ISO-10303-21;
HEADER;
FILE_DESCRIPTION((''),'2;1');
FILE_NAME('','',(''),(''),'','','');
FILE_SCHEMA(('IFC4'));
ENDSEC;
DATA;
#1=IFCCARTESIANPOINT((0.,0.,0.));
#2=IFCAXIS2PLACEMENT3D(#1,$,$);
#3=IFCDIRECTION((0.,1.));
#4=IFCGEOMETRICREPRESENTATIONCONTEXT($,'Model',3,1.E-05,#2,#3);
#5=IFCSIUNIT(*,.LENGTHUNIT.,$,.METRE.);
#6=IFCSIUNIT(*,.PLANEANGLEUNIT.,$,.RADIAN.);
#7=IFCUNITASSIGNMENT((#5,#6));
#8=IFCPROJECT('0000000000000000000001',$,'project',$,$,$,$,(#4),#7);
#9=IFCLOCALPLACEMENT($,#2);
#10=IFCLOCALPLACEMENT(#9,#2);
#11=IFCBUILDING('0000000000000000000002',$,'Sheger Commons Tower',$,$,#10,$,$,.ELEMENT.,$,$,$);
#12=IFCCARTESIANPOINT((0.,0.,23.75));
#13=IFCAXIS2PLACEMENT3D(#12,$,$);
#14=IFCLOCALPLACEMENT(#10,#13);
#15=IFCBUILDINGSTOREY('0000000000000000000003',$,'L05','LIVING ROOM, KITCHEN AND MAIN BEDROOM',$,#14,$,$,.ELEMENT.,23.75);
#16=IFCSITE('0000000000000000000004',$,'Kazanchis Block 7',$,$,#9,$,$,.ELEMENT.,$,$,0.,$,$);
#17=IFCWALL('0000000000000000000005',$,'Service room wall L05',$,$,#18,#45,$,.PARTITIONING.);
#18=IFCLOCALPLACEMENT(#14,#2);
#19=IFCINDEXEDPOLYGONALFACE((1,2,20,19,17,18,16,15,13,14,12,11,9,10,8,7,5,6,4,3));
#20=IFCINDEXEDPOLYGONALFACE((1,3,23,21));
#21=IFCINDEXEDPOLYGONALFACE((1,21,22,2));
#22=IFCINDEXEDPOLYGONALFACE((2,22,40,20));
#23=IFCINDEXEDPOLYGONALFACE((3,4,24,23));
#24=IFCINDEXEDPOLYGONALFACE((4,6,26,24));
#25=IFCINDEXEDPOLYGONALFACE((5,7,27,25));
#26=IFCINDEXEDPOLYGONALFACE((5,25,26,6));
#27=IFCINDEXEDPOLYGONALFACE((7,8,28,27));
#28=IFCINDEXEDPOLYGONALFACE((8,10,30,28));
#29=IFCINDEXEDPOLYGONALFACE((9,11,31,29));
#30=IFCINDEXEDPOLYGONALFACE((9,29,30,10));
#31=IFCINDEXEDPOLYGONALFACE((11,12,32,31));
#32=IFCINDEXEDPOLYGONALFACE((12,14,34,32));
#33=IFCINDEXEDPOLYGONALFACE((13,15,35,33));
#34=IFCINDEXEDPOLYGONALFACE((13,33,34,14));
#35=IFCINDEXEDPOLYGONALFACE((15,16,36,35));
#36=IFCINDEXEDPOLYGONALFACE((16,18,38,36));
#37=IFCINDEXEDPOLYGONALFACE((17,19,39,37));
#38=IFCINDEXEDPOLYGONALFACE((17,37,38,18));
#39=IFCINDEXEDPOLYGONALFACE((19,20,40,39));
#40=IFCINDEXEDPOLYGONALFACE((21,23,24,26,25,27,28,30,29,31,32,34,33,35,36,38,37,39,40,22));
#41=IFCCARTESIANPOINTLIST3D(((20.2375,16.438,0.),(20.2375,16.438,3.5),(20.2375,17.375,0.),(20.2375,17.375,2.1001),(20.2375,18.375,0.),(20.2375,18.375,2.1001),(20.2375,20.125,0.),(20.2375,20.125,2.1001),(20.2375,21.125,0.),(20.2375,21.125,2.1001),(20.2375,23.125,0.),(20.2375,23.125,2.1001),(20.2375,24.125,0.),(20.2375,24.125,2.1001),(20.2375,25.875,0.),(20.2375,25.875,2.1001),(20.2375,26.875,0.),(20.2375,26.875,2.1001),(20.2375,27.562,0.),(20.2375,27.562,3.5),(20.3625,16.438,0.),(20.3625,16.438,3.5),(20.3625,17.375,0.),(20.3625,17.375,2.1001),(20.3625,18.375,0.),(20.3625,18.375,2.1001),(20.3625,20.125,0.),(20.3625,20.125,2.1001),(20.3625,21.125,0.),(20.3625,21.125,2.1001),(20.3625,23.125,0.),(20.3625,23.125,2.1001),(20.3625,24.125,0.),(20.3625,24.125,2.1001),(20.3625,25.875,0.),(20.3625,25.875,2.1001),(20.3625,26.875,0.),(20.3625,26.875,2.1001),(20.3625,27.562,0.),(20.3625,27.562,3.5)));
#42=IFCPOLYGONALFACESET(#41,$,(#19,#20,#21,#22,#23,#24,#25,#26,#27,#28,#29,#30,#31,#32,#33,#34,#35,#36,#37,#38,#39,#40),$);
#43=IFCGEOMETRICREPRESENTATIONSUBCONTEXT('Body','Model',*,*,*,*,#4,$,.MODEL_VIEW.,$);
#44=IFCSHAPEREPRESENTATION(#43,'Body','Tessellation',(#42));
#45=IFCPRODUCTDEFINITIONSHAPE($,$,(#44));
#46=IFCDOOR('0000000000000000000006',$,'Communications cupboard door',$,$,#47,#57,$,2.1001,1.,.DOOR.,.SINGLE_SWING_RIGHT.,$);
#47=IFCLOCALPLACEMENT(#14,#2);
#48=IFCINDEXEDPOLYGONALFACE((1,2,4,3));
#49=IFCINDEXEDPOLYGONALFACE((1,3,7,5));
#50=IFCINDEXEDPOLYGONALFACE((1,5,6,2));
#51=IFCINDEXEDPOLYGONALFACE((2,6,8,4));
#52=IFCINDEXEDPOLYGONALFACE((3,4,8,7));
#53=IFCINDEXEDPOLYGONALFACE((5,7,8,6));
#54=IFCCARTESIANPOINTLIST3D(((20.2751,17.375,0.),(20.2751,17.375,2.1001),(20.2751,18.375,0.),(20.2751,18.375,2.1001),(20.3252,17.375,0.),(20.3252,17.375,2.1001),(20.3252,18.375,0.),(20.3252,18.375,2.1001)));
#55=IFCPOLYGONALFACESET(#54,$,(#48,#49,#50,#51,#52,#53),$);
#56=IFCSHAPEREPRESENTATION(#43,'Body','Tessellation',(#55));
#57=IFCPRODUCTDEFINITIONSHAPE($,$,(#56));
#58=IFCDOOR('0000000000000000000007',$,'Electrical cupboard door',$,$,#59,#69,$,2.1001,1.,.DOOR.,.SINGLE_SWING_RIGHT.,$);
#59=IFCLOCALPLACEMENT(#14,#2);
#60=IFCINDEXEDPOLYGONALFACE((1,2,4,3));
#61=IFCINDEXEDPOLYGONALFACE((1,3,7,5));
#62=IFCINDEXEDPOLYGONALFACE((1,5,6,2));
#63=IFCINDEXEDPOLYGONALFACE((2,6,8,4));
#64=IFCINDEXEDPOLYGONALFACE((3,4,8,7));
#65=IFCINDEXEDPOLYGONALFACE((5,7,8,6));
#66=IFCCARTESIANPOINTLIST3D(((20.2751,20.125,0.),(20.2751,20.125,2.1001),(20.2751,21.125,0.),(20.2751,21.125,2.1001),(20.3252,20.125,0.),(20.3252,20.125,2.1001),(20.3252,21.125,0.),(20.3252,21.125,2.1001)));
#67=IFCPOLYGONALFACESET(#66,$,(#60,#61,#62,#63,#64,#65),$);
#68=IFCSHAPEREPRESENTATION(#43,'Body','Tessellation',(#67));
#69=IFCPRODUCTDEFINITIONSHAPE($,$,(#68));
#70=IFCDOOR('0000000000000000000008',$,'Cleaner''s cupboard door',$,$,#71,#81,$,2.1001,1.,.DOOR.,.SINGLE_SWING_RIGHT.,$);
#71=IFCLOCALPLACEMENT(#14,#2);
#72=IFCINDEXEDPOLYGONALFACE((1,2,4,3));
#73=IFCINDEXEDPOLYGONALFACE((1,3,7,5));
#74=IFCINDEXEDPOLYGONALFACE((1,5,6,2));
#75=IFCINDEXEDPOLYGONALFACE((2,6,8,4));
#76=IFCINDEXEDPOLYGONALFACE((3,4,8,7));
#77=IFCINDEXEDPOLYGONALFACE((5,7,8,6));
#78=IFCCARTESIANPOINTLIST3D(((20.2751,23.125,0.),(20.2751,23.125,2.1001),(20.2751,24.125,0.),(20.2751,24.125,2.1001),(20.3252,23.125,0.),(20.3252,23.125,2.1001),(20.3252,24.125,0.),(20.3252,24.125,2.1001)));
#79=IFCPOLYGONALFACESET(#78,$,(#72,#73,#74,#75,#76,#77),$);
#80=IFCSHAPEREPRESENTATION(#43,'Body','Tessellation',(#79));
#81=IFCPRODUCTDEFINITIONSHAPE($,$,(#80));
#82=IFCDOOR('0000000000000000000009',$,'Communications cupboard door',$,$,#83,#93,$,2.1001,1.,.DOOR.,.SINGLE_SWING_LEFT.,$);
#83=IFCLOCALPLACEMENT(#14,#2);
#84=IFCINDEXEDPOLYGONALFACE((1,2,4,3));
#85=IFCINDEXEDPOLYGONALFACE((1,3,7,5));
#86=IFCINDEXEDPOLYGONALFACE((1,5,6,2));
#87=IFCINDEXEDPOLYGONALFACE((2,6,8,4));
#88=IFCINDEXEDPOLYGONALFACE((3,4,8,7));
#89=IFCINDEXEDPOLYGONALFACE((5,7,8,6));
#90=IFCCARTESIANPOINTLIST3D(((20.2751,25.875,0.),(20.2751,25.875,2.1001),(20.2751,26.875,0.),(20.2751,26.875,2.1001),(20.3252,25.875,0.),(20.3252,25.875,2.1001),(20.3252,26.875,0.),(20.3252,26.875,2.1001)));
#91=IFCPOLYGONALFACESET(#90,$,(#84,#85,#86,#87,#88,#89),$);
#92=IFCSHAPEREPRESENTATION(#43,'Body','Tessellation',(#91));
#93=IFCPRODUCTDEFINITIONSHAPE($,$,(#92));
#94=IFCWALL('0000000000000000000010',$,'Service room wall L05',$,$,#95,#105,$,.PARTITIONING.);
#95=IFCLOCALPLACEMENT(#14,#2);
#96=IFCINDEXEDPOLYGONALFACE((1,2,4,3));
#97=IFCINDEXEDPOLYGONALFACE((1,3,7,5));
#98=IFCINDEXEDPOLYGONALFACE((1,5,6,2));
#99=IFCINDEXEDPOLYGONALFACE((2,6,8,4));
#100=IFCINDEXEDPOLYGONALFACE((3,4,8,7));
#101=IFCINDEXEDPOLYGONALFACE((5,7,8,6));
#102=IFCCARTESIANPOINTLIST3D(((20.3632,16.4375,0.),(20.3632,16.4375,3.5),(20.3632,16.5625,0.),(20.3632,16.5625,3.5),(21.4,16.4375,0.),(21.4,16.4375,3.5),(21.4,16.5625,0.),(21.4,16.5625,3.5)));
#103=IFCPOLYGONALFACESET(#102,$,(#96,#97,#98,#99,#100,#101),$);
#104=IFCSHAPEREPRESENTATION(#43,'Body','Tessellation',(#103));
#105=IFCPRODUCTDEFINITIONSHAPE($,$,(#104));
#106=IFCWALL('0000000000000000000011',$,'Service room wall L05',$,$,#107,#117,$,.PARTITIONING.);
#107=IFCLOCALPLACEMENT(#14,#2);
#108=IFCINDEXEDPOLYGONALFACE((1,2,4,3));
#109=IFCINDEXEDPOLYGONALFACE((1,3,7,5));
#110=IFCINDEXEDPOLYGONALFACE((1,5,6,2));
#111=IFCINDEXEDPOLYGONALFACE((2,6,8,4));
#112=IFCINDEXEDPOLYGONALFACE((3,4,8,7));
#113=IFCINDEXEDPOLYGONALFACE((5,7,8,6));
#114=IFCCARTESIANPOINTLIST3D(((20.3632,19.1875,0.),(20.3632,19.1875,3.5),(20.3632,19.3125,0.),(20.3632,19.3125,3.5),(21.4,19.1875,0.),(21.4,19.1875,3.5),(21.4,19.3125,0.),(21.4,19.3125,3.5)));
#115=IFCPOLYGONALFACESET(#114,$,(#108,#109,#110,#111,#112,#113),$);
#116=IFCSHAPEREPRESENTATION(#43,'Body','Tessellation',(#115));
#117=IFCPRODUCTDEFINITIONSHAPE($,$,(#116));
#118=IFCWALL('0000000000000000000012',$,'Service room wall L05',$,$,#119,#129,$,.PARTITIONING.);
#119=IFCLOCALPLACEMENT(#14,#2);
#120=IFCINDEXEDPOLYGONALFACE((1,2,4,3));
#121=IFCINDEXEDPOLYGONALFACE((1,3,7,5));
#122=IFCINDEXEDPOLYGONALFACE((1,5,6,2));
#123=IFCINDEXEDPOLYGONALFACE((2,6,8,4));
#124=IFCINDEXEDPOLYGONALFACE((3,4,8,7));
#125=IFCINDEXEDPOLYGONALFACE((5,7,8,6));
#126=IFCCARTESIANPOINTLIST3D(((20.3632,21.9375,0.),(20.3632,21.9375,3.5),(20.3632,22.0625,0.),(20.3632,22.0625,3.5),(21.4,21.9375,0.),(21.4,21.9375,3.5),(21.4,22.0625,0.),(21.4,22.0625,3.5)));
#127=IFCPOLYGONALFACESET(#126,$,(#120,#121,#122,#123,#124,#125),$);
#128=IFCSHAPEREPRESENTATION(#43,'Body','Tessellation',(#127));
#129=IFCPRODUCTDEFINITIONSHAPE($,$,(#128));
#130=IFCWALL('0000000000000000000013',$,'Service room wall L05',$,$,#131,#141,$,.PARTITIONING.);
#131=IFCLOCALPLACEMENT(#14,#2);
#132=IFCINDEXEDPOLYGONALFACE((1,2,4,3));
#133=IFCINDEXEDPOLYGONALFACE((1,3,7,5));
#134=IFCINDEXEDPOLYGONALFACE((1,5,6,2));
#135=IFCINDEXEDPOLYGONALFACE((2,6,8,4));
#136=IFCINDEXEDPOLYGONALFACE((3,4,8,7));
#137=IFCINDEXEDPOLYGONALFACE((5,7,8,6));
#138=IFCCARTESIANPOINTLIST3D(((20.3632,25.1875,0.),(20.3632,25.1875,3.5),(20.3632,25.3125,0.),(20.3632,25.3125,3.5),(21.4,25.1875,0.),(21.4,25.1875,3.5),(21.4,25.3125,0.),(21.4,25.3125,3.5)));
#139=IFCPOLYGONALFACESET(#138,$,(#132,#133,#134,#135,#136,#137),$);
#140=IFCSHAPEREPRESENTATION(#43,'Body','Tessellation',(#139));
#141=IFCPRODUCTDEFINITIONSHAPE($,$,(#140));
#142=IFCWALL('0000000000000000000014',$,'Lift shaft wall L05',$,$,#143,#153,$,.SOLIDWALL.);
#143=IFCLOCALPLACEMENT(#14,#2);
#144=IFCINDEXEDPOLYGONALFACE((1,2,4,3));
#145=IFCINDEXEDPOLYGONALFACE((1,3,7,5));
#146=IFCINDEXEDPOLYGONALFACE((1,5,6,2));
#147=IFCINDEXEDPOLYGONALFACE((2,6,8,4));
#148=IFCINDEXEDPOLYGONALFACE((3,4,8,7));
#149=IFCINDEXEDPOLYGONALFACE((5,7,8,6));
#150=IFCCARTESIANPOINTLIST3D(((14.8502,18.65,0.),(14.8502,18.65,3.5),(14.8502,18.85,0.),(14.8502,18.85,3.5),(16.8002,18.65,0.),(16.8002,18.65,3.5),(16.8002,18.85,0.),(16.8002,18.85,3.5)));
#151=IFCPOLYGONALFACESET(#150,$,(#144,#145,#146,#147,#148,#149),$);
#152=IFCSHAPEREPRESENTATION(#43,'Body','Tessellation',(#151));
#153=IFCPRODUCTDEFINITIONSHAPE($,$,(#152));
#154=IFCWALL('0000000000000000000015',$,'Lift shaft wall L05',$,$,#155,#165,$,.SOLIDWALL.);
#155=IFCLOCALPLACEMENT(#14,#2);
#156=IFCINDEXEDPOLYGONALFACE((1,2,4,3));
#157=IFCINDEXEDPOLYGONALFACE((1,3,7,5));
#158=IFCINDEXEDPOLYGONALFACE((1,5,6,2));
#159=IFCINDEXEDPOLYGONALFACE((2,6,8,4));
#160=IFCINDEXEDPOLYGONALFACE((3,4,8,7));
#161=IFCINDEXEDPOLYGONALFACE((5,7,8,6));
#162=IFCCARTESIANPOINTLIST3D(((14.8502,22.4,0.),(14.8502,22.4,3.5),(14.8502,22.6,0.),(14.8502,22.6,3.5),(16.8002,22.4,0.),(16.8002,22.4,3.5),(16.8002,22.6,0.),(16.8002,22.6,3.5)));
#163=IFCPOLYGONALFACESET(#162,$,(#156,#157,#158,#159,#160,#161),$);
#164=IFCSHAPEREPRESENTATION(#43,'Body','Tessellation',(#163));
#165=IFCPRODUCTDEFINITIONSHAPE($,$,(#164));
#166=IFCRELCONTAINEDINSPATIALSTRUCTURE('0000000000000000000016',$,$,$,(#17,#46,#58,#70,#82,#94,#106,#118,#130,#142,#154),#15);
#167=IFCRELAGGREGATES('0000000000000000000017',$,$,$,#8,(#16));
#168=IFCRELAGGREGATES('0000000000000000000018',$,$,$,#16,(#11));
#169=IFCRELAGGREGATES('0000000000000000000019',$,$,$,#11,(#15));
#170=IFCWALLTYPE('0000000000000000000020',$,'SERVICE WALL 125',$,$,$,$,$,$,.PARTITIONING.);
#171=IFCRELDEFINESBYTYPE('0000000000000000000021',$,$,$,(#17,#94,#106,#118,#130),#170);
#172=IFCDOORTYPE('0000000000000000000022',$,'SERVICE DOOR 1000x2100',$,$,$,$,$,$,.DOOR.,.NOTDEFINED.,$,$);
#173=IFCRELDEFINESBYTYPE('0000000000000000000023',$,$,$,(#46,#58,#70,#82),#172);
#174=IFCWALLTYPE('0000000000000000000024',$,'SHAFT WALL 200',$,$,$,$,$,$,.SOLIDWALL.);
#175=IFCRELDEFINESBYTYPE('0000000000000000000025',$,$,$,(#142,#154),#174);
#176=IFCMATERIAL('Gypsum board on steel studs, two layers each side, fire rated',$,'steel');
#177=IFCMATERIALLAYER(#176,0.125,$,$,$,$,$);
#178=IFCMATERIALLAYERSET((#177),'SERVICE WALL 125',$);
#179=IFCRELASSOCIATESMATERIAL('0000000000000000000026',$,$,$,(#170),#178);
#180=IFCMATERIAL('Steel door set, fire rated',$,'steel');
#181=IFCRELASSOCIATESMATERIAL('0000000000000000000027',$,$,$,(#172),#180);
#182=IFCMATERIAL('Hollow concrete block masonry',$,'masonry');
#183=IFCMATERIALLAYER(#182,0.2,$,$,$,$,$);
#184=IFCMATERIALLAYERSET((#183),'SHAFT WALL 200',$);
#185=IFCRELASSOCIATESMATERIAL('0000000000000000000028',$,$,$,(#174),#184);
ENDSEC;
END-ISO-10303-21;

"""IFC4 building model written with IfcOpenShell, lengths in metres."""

from ifc_helpers import new_model, si_unit, direction, frame, frame_2d, origin, place, context, subcontext, project, spatial, rectangle, extrude, material, layer, layer_set, type_object, element, fill, save


model = new_model("IFC4")

# Units and contexts
model_context = context("Model", 3, precision=1e-05, world=origin(), true_north=direction((0.0, 1.0)))
body_context = subcontext(model_context, "Body", "Model", "MODEL_VIEW")
ifc_project = project(units=[si_unit("LENGTHUNIT", "METRE"), si_unit("PLANEANGLEUNIT", "RADIAN")], contexts=[model_context])

# Site, building, storey
site_placement = place(None, origin())
site = spatial("IfcSite", under=ifc_project, at=site_placement, Name="Kazanchis Block 7", CompositionType="ELEMENT", RefElevation=0.0)
building_placement = place(site_placement, origin())
building = spatial("IfcBuilding", under=site, at=building_placement, Name="Sheger Commons Tower", CompositionType="ELEMENT")
storey_placement = place(building_placement, frame((0.0, 0.0, 23.75)))
storey = spatial("IfcBuildingStorey", under=building, at=storey_placement, Name="L05", Description="LIVING ROOM, KITCHEN AND MAIN BEDROOM", CompositionType="ELEMENT", Elevation=23.75)

# Shared definitions
ifc_material_1 = material(Name="Gypsum board on steel studs, two layers each side, fire rated", Category="steel")
ifc_layer_1 = layer(ifc_material_1, 0.125)
ifc_layer_set_1 = layer_set([ifc_layer_1], Name="SERVICE WALL 125")
wall_type_1 = type_object("IfcWallType", Name="SERVICE WALL 125", PredefinedType="PARTITIONING", material=ifc_layer_set_1)

# Wall, openings, doors
wall_1_placement = place(storey_placement, frame((20.3, 16.438, 0.0), z_axis=(0.0, 0.0, 1.0), x_axis=(0.0, 1.0, 0.0)))
wall_1 = element("IfcWall", 1, at=wall_1_placement, inside=storey, type_object=wall_type_1, Name="Service room wall L05", PredefinedType="PARTITIONING", context=body_context, shape_type="SweptSolid", body=[
    extrude(rectangle(XDim=11.124, YDim=0.125, at=frame_2d((5.562, 0.0))), origin(), (0.0, 0.0, 1.0), 3.5),
])
opening_1_placement = place(wall_1_placement, frame((0.937, 0.0, 0.0)))
opening_1 = element("IfcOpeningElement", 2, at=opening_1_placement, cuts=wall_1, PredefinedType="OPENING", context=body_context, shape_type="SweptSolid", body=[
    extrude(rectangle(XDim=1.0, YDim=2.1001, at=frame_2d((0.5, 1.05))), frame((0.0, 0.0725, 0.0), z_axis=(0.0, -1.0, 0.0), x_axis=(1.0, 0.0, 0.0)), (0.0, 0.0, 1.0), 0.145),
])
opening_2_placement = place(wall_1_placement, frame((3.687, 0.0, 0.0)))
opening_2 = element("IfcOpeningElement", 3, at=opening_2_placement, cuts=wall_1, PredefinedType="OPENING", context=body_context, shape_type="SweptSolid", body=[
    extrude(rectangle(XDim=1.0, YDim=2.1001, at=frame_2d((0.5, 1.05))), frame((0.0, 0.0725, 0.0), z_axis=(0.0, -1.0, 0.0), x_axis=(1.0, 0.0, 0.0)), (0.0, 0.0, 1.0), 0.145),
])
opening_3_placement = place(wall_1_placement, frame((6.687, 0.0, 0.0)))
opening_3 = element("IfcOpeningElement", 4, at=opening_3_placement, cuts=wall_1, PredefinedType="OPENING", context=body_context, shape_type="SweptSolid", body=[
    extrude(rectangle(XDim=1.0, YDim=2.1001, at=frame_2d((0.5, 1.05))), frame((0.0, 0.0725, 0.0), z_axis=(0.0, -1.0, 0.0), x_axis=(1.0, 0.0, 0.0)), (0.0, 0.0, 1.0), 0.145),
])
opening_4_placement = place(wall_1_placement, frame((9.437, 0.0, 0.0)))
opening_4 = element("IfcOpeningElement", 5, at=opening_4_placement, cuts=wall_1, PredefinedType="OPENING", context=body_context, shape_type="SweptSolid", body=[
    extrude(rectangle(XDim=1.0, YDim=2.1001, at=frame_2d((0.5, 1.05))), frame((0.0, 0.0725, 0.0), z_axis=(0.0, -1.0, 0.0), x_axis=(1.0, 0.0, 0.0)), (0.0, 0.0, 1.0), 0.145),
])
ifc_material_2 = material(Name="Steel door set, fire rated", Category="steel")
door_type_1 = type_object("IfcDoorType", Name="SERVICE DOOR 1000x2100", OperationType="NOTDEFINED", PredefinedType="DOOR", material=ifc_material_2)
door_1_placement = place(opening_1_placement, origin())
door_1 = element("IfcDoor", 6, at=door_1_placement, inside=storey, type_object=door_type_1, Name="Communications cupboard door", OperationType="SINGLE_SWING_RIGHT", OverallHeight=2.1001, OverallWidth=1.0, PredefinedType="DOOR", context=body_context, shape_type="SweptSolid", body=[
    extrude(rectangle(XDim=1.0, YDim=2.1001, at=frame_2d((0.5, 1.05))), frame((0.0, 0.0249, 0.0), z_axis=(0.0, -1.0, 0.0), x_axis=(1.0, 0.0, 0.0)), (0.0, 0.0, 1.0), 0.05),
])
fill(opening_1, door_1)
door_2_placement = place(opening_2_placement, origin())
door_2 = element("IfcDoor", 7, at=door_2_placement, inside=storey, type_object=door_type_1, Name="Electrical cupboard door", OperationType="SINGLE_SWING_RIGHT", OverallHeight=2.1001, OverallWidth=1.0, PredefinedType="DOOR", context=body_context, shape_type="SweptSolid", body=[
    extrude(rectangle(XDim=1.0, YDim=2.1001, at=frame_2d((0.5, 1.05))), frame((0.0, 0.0249, 0.0), z_axis=(0.0, -1.0, 0.0), x_axis=(1.0, 0.0, 0.0)), (0.0, 0.0, 1.0), 0.05),
])
fill(opening_2, door_2)
door_3_placement = place(opening_3_placement, origin())
door_3 = element("IfcDoor", 8, at=door_3_placement, inside=storey, type_object=door_type_1, Name="Cleaner's cupboard door", OperationType="SINGLE_SWING_RIGHT", OverallHeight=2.1001, OverallWidth=1.0, PredefinedType="DOOR", context=body_context, shape_type="SweptSolid", body=[
    extrude(rectangle(XDim=1.0, YDim=2.1001, at=frame_2d((0.5, 1.05))), frame((0.0, 0.0249, 0.0), z_axis=(0.0, -1.0, 0.0), x_axis=(1.0, 0.0, 0.0)), (0.0, 0.0, 1.0), 0.05),
])
fill(opening_3, door_3)
door_4_placement = place(opening_4_placement, origin())
door_4 = element("IfcDoor", 9, at=door_4_placement, inside=storey, type_object=door_type_1, Name="Communications cupboard door", OperationType="SINGLE_SWING_LEFT", OverallHeight=2.1001, OverallWidth=1.0, PredefinedType="DOOR", context=body_context, shape_type="SweptSolid", body=[
    extrude(rectangle(XDim=1.0, YDim=2.1001, at=frame_2d((0.5, 1.05))), frame((0.0, 0.0249, 0.0), z_axis=(0.0, -1.0, 0.0), x_axis=(1.0, 0.0, 0.0)), (0.0, 0.0, 1.0), 0.05),
])
fill(opening_4, door_4)

# Walls
for number, where, z_axis, x_axis, name in (
    (10, (20.363, 16.5, 0.0), (0.0, 0.0, 1.0), (1.0, 0.0, 0.0), "Service room wall L05"),
    (11, (20.363, 19.25, 0.0), (0.0, 0.0, 1.0), (1.0, 0.0, 0.0), "Service room wall L05"),
    (12, (20.363, 22.0, 0.0), (0.0, 0.0, 1.0), (1.0, 0.0, 0.0), "Service room wall L05"),
    (13, (20.363, 25.25, 0.0), (0.0, 0.0, 1.0), (1.0, 0.0, 0.0), "Service room wall L05"),
):
    element("IfcWall", number, at=place(storey_placement, frame(where, z_axis=z_axis, x_axis=x_axis)), inside=storey, type_object=wall_type_1, Name=name, PredefinedType="PARTITIONING", context=body_context, shape_type="SweptSolid", body=[
        extrude(rectangle(XDim=1.0369, YDim=0.125, at=frame_2d((0.5186, 0.0))), origin(), (0.0, 0.0, 1.0), 3.5),
    ])
ifc_material_3 = material(Name="Hollow concrete block masonry", Category="masonry")
ifc_layer_2 = layer(ifc_material_3, 0.2)
ifc_layer_set_2 = layer_set([ifc_layer_2], Name="SHAFT WALL 200")
wall_type_2 = type_object("IfcWallType", Name="SHAFT WALL 200", PredefinedType="SOLIDWALL", material=ifc_layer_set_2)
for number, where, z_axis, x_axis, name in (
    (14, (14.8501, 18.75, 0.0), (0.0, 0.0, 1.0), (1.0, 0.0, 0.0), "Lift shaft wall L05"),
    (15, (14.8501, 22.5, 0.0), (0.0, 0.0, 1.0), (1.0, 0.0, 0.0), "Lift shaft wall L05"),
):
    element("IfcWall", number, at=place(storey_placement, frame(where, z_axis=z_axis, x_axis=x_axis)), inside=storey, type_object=wall_type_2, Name=name, PredefinedType="SOLIDWALL", context=body_context, shape_type="SweptSolid", body=[
        extrude(rectangle(XDim=1.95, YDim=0.2, at=frame_2d((0.9751, 0.0))), origin(), (0.0, 0.0, 1.0), 3.5),
    ])

save(model, "model.ifc")
